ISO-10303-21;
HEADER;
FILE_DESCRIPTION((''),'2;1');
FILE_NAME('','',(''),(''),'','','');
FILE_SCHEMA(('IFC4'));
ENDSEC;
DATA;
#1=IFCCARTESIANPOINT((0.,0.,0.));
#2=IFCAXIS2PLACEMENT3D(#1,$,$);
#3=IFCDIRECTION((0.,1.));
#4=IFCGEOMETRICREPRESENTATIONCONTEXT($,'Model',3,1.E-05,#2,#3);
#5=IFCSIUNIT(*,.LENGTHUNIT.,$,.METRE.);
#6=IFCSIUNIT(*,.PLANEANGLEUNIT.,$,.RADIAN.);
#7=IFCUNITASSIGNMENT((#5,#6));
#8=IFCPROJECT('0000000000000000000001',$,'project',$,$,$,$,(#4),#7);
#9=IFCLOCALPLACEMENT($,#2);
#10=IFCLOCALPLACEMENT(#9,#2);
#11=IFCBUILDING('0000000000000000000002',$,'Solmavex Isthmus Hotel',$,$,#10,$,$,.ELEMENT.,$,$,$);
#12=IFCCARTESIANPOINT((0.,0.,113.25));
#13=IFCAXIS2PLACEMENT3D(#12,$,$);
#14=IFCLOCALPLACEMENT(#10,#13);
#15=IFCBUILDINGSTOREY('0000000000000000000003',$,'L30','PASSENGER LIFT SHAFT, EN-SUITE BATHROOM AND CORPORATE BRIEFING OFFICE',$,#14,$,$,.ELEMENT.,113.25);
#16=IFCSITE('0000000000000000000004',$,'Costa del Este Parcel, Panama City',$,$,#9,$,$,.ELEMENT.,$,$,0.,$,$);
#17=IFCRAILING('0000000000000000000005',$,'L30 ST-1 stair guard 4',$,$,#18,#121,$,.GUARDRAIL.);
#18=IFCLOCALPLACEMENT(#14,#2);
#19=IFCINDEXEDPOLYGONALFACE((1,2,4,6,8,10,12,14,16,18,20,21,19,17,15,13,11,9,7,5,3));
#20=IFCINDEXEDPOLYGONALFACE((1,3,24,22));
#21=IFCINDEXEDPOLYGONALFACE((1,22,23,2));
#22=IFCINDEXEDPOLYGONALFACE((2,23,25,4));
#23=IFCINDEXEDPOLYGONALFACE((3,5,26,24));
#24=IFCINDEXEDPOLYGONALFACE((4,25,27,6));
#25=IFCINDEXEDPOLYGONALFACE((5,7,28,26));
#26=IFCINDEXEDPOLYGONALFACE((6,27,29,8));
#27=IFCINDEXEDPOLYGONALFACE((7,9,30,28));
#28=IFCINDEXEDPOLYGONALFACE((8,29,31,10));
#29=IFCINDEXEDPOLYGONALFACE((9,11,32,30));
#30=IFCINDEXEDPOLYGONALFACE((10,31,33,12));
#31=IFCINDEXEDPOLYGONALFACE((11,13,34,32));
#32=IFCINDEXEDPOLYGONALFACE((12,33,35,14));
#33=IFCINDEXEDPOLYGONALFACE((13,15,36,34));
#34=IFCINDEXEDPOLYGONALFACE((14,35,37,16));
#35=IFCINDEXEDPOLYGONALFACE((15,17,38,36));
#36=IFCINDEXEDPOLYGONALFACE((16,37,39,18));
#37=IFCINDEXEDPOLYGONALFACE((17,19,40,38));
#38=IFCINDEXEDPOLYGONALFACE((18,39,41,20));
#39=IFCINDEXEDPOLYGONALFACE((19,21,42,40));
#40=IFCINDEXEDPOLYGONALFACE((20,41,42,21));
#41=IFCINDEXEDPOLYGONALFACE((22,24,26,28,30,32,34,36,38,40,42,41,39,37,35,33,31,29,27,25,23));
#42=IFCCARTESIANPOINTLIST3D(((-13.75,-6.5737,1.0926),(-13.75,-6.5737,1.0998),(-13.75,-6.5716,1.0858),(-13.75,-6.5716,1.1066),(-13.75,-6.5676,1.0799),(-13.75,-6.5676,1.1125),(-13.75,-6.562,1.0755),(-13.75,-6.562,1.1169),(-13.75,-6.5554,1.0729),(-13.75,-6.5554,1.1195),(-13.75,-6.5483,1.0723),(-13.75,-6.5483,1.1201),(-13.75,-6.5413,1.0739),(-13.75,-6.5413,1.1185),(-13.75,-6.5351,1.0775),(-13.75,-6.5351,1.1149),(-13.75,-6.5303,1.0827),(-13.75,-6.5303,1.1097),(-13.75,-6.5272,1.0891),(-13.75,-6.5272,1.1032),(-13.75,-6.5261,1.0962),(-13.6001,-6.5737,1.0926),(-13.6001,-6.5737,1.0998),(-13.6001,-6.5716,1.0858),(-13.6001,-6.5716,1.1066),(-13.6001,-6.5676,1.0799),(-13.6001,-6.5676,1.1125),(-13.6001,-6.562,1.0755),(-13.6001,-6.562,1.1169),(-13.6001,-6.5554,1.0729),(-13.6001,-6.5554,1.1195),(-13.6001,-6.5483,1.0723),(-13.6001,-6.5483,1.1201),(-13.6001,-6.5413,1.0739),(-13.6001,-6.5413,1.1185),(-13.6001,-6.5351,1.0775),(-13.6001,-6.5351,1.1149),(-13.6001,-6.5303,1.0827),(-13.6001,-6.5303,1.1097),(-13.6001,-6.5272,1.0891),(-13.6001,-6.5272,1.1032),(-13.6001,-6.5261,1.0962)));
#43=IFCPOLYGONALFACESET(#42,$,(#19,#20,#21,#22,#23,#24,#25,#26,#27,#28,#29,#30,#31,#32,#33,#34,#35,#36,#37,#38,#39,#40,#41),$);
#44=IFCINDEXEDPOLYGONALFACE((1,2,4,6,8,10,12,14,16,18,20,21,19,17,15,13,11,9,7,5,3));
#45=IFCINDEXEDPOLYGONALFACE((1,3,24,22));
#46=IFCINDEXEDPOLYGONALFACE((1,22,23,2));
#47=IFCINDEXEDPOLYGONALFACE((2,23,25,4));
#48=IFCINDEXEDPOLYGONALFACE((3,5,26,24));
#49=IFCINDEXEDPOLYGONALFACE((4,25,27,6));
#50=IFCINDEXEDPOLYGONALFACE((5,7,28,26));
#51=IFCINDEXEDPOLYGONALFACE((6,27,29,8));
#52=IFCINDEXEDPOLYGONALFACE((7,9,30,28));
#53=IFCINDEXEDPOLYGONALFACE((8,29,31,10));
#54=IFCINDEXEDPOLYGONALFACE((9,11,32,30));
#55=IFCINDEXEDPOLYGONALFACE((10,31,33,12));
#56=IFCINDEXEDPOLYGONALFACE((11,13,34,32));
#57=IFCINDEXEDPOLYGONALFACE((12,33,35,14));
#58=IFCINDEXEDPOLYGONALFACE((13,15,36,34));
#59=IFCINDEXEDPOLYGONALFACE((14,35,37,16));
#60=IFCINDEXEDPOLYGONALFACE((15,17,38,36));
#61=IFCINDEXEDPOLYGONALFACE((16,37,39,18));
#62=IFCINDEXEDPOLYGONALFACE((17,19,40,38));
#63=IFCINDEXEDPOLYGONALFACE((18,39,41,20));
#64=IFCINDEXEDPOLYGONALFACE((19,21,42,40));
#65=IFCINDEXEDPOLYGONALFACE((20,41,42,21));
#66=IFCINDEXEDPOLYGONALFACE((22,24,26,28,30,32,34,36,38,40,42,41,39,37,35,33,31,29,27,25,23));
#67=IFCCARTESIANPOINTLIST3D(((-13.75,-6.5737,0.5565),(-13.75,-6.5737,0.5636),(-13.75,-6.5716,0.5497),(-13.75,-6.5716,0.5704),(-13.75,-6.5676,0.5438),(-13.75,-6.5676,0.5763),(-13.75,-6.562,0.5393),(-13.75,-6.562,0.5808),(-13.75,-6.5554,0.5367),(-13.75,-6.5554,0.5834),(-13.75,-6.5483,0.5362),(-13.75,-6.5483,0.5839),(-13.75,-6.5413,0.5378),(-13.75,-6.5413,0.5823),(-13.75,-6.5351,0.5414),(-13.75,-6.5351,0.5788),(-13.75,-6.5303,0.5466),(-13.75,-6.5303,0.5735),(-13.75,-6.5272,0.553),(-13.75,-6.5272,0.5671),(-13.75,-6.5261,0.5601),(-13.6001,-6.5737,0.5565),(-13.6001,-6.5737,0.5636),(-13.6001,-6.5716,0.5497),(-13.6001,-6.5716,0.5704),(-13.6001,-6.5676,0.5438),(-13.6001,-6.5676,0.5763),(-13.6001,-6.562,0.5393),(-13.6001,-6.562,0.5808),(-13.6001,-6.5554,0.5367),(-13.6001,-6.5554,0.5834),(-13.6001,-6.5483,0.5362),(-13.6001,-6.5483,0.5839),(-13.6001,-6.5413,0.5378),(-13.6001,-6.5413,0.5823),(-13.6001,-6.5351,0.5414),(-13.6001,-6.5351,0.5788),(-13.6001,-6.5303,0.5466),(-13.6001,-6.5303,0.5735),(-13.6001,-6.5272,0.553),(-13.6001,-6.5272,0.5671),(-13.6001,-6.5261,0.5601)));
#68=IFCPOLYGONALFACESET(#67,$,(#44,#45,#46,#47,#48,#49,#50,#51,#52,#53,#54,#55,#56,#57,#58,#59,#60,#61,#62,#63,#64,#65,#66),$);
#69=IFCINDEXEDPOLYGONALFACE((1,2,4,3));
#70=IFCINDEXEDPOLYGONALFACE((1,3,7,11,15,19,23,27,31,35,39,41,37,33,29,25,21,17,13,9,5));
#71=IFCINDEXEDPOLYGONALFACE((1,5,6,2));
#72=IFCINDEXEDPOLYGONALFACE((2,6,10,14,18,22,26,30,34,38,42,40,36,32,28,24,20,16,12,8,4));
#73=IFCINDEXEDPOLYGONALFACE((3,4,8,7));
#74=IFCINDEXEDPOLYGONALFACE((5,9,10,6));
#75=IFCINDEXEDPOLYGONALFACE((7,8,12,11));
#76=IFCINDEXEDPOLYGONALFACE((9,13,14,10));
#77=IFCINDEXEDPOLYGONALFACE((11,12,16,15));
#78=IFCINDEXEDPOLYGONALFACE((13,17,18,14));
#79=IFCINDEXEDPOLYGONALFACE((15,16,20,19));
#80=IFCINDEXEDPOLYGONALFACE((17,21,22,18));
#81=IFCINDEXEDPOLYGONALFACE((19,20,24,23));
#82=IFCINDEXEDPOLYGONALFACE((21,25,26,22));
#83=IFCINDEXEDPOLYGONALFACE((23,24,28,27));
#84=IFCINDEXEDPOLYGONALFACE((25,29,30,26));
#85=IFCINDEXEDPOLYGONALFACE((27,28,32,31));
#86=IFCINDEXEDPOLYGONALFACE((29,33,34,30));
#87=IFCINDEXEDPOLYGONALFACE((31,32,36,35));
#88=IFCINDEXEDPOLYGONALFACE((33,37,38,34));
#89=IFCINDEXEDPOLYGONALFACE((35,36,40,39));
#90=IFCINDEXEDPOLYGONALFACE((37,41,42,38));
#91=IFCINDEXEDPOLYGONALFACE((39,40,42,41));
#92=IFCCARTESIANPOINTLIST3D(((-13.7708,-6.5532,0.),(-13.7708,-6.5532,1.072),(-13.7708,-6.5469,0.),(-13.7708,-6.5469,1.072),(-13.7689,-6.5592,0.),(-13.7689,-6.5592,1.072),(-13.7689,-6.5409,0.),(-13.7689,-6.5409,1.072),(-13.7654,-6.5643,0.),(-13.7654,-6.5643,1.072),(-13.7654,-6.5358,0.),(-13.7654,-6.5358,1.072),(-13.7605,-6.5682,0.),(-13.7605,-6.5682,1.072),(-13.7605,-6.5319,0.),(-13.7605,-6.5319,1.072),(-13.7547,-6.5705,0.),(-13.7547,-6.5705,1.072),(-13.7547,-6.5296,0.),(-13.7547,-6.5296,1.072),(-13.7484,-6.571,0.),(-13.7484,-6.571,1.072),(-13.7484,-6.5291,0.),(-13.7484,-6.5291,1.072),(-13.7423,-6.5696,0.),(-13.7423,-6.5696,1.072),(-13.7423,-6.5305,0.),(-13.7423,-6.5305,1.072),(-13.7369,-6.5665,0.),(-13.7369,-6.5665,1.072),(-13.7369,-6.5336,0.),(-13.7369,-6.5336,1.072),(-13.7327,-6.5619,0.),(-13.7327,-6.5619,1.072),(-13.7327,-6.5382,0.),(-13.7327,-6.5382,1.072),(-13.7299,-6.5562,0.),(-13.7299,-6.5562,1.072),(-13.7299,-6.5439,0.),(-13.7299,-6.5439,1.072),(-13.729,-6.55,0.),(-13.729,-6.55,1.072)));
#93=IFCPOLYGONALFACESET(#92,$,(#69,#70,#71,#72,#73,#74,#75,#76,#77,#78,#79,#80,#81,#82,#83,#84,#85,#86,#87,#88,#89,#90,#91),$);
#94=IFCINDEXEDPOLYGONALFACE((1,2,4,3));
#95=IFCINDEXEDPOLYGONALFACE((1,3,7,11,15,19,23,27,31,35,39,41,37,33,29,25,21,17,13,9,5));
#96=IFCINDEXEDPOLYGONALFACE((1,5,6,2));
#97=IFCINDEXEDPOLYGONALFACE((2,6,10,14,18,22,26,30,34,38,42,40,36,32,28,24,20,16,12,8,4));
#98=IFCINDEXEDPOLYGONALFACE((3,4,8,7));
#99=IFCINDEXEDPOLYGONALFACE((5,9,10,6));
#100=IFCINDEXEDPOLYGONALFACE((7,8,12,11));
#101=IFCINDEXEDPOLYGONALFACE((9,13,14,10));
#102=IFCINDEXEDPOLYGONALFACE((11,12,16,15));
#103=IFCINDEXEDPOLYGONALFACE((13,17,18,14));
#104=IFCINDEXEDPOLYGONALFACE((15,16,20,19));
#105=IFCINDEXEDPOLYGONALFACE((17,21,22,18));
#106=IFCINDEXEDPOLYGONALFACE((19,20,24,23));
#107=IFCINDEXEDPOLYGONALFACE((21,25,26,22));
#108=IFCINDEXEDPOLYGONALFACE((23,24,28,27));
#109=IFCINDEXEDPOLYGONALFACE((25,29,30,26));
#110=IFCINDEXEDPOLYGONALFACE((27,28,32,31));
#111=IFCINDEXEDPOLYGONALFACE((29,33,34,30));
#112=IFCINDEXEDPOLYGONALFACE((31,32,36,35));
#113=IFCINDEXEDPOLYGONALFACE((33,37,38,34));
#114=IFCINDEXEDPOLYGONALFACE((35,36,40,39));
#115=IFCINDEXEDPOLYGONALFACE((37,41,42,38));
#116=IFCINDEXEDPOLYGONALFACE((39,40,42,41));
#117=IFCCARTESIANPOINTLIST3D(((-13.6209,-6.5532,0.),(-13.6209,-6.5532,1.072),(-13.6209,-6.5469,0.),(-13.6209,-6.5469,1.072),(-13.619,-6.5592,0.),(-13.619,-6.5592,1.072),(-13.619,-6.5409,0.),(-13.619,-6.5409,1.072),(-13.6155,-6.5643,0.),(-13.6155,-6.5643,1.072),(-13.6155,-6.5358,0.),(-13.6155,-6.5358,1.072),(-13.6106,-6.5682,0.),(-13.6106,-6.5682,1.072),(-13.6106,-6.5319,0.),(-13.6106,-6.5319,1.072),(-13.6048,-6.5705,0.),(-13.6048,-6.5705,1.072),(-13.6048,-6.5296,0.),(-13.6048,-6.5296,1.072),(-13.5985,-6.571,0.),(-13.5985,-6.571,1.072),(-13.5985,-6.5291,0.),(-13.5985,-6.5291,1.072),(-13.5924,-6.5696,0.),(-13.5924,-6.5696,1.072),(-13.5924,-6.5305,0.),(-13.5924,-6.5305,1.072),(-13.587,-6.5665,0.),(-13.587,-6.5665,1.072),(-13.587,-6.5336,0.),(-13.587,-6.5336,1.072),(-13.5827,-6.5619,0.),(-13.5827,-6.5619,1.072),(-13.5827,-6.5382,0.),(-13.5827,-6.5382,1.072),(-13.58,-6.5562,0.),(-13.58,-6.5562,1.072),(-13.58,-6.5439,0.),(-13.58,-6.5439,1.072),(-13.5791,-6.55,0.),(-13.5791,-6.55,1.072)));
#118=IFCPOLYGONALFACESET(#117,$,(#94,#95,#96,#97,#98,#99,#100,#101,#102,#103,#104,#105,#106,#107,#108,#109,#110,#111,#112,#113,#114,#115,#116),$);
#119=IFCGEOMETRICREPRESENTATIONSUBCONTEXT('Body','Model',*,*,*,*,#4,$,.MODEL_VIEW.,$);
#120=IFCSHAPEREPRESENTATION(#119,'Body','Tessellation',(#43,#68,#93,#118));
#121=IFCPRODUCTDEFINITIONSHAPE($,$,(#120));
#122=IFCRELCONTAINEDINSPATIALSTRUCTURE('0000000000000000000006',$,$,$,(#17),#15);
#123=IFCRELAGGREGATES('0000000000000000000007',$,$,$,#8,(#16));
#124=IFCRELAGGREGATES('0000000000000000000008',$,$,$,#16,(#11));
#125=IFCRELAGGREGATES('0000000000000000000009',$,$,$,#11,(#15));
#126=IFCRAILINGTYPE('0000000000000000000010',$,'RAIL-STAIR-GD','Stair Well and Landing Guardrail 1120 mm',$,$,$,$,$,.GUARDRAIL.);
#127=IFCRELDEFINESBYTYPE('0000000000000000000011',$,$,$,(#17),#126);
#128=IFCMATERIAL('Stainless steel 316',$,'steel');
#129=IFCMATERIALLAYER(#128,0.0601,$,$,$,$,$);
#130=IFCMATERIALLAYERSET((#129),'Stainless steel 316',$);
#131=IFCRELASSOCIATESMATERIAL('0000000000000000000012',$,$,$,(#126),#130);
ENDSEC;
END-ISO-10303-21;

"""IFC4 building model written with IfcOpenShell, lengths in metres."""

from ifc_helpers import new_model, si_unit, direction, frame, origin, origin_2d, place, context, subcontext, project, spatial, circle, extrude, material, layer, layer_set, type_object, element, save


model = new_model("IFC4")

# Units and contexts
model_context = context("Model", 3, precision=1e-05, world=origin(), true_north=direction((0.0, 1.0)))
body_context = subcontext(model_context, "Body", "Model", "MODEL_VIEW")
ifc_project = project(units=[si_unit("LENGTHUNIT", "METRE"), si_unit("PLANEANGLEUNIT", "RADIAN")], contexts=[model_context])

# Site, building, storey
site_placement = place(None, origin())
site = spatial("IfcSite", under=ifc_project, at=site_placement, Name="Costa del Este Parcel, Panama City", CompositionType="ELEMENT", RefElevation=0.0)
building_placement = place(site_placement, origin())
building = spatial("IfcBuilding", under=site, at=building_placement, Name="Solmavex Isthmus Hotel", CompositionType="ELEMENT")
storey_placement = place(building_placement, frame((0.0, 0.0, 113.25)))
storey = spatial("IfcBuildingStorey", under=building, at=storey_placement, Name="L30", Description="PASSENGER LIFT SHAFT, EN-SUITE BATHROOM AND CORPORATE BRIEFING OFFICE", CompositionType="ELEMENT", Elevation=113.25)

# Shared definitions
ifc_material_1 = material(Name="Stainless steel 316", Category="steel")

# Railing
ifc_layer_1 = layer(ifc_material_1, 0.0601)
ifc_layer_set_1 = layer_set([ifc_layer_1], Name="Stainless steel 316")
railing_type_1 = type_object("IfcRailingType", Name="RAIL-STAIR-GD", Description="Stair Well and Landing Guardrail 1120 mm", PredefinedType="GUARDRAIL", material=ifc_layer_set_1)
railing_1_placement = place(storey_placement, frame((-13.75, -6.55, 0.0)))
element("IfcRailing", 1, at=railing_1_placement, inside=storey, type_object=railing_type_1, Name="L30 ST-1 stair guard 4", PredefinedType="GUARDRAIL", context=body_context, shape_type="SweptSolid", body=[
    extrude(circle(Radius=0.0239, at=origin_2d()), frame((0.0, 0.0, 1.0962), z_axis=(1.0, 0.0, 0.0), x_axis=(0.0, 1.0, 0.0)), (0.0, 0.0, 1.0), 0.1499),
    extrude(circle(Radius=0.0239, at=origin_2d()), frame((0.0, 0.0, 0.5601), z_axis=(1.0, 0.0, 0.0), x_axis=(0.0, 1.0, 0.0)), (0.0, 0.0, 1.0), 0.1499),
    extrude(circle(Radius=0.021, at=origin_2d()), origin(), (0.0, 0.0, 1.0), 1.072),
    extrude(circle(Radius=0.021, at=origin_2d()), frame((0.1499, 0.0, 0.0)), (0.0, 0.0, 1.0), 1.072),
])

save(model, "model.ifc")
